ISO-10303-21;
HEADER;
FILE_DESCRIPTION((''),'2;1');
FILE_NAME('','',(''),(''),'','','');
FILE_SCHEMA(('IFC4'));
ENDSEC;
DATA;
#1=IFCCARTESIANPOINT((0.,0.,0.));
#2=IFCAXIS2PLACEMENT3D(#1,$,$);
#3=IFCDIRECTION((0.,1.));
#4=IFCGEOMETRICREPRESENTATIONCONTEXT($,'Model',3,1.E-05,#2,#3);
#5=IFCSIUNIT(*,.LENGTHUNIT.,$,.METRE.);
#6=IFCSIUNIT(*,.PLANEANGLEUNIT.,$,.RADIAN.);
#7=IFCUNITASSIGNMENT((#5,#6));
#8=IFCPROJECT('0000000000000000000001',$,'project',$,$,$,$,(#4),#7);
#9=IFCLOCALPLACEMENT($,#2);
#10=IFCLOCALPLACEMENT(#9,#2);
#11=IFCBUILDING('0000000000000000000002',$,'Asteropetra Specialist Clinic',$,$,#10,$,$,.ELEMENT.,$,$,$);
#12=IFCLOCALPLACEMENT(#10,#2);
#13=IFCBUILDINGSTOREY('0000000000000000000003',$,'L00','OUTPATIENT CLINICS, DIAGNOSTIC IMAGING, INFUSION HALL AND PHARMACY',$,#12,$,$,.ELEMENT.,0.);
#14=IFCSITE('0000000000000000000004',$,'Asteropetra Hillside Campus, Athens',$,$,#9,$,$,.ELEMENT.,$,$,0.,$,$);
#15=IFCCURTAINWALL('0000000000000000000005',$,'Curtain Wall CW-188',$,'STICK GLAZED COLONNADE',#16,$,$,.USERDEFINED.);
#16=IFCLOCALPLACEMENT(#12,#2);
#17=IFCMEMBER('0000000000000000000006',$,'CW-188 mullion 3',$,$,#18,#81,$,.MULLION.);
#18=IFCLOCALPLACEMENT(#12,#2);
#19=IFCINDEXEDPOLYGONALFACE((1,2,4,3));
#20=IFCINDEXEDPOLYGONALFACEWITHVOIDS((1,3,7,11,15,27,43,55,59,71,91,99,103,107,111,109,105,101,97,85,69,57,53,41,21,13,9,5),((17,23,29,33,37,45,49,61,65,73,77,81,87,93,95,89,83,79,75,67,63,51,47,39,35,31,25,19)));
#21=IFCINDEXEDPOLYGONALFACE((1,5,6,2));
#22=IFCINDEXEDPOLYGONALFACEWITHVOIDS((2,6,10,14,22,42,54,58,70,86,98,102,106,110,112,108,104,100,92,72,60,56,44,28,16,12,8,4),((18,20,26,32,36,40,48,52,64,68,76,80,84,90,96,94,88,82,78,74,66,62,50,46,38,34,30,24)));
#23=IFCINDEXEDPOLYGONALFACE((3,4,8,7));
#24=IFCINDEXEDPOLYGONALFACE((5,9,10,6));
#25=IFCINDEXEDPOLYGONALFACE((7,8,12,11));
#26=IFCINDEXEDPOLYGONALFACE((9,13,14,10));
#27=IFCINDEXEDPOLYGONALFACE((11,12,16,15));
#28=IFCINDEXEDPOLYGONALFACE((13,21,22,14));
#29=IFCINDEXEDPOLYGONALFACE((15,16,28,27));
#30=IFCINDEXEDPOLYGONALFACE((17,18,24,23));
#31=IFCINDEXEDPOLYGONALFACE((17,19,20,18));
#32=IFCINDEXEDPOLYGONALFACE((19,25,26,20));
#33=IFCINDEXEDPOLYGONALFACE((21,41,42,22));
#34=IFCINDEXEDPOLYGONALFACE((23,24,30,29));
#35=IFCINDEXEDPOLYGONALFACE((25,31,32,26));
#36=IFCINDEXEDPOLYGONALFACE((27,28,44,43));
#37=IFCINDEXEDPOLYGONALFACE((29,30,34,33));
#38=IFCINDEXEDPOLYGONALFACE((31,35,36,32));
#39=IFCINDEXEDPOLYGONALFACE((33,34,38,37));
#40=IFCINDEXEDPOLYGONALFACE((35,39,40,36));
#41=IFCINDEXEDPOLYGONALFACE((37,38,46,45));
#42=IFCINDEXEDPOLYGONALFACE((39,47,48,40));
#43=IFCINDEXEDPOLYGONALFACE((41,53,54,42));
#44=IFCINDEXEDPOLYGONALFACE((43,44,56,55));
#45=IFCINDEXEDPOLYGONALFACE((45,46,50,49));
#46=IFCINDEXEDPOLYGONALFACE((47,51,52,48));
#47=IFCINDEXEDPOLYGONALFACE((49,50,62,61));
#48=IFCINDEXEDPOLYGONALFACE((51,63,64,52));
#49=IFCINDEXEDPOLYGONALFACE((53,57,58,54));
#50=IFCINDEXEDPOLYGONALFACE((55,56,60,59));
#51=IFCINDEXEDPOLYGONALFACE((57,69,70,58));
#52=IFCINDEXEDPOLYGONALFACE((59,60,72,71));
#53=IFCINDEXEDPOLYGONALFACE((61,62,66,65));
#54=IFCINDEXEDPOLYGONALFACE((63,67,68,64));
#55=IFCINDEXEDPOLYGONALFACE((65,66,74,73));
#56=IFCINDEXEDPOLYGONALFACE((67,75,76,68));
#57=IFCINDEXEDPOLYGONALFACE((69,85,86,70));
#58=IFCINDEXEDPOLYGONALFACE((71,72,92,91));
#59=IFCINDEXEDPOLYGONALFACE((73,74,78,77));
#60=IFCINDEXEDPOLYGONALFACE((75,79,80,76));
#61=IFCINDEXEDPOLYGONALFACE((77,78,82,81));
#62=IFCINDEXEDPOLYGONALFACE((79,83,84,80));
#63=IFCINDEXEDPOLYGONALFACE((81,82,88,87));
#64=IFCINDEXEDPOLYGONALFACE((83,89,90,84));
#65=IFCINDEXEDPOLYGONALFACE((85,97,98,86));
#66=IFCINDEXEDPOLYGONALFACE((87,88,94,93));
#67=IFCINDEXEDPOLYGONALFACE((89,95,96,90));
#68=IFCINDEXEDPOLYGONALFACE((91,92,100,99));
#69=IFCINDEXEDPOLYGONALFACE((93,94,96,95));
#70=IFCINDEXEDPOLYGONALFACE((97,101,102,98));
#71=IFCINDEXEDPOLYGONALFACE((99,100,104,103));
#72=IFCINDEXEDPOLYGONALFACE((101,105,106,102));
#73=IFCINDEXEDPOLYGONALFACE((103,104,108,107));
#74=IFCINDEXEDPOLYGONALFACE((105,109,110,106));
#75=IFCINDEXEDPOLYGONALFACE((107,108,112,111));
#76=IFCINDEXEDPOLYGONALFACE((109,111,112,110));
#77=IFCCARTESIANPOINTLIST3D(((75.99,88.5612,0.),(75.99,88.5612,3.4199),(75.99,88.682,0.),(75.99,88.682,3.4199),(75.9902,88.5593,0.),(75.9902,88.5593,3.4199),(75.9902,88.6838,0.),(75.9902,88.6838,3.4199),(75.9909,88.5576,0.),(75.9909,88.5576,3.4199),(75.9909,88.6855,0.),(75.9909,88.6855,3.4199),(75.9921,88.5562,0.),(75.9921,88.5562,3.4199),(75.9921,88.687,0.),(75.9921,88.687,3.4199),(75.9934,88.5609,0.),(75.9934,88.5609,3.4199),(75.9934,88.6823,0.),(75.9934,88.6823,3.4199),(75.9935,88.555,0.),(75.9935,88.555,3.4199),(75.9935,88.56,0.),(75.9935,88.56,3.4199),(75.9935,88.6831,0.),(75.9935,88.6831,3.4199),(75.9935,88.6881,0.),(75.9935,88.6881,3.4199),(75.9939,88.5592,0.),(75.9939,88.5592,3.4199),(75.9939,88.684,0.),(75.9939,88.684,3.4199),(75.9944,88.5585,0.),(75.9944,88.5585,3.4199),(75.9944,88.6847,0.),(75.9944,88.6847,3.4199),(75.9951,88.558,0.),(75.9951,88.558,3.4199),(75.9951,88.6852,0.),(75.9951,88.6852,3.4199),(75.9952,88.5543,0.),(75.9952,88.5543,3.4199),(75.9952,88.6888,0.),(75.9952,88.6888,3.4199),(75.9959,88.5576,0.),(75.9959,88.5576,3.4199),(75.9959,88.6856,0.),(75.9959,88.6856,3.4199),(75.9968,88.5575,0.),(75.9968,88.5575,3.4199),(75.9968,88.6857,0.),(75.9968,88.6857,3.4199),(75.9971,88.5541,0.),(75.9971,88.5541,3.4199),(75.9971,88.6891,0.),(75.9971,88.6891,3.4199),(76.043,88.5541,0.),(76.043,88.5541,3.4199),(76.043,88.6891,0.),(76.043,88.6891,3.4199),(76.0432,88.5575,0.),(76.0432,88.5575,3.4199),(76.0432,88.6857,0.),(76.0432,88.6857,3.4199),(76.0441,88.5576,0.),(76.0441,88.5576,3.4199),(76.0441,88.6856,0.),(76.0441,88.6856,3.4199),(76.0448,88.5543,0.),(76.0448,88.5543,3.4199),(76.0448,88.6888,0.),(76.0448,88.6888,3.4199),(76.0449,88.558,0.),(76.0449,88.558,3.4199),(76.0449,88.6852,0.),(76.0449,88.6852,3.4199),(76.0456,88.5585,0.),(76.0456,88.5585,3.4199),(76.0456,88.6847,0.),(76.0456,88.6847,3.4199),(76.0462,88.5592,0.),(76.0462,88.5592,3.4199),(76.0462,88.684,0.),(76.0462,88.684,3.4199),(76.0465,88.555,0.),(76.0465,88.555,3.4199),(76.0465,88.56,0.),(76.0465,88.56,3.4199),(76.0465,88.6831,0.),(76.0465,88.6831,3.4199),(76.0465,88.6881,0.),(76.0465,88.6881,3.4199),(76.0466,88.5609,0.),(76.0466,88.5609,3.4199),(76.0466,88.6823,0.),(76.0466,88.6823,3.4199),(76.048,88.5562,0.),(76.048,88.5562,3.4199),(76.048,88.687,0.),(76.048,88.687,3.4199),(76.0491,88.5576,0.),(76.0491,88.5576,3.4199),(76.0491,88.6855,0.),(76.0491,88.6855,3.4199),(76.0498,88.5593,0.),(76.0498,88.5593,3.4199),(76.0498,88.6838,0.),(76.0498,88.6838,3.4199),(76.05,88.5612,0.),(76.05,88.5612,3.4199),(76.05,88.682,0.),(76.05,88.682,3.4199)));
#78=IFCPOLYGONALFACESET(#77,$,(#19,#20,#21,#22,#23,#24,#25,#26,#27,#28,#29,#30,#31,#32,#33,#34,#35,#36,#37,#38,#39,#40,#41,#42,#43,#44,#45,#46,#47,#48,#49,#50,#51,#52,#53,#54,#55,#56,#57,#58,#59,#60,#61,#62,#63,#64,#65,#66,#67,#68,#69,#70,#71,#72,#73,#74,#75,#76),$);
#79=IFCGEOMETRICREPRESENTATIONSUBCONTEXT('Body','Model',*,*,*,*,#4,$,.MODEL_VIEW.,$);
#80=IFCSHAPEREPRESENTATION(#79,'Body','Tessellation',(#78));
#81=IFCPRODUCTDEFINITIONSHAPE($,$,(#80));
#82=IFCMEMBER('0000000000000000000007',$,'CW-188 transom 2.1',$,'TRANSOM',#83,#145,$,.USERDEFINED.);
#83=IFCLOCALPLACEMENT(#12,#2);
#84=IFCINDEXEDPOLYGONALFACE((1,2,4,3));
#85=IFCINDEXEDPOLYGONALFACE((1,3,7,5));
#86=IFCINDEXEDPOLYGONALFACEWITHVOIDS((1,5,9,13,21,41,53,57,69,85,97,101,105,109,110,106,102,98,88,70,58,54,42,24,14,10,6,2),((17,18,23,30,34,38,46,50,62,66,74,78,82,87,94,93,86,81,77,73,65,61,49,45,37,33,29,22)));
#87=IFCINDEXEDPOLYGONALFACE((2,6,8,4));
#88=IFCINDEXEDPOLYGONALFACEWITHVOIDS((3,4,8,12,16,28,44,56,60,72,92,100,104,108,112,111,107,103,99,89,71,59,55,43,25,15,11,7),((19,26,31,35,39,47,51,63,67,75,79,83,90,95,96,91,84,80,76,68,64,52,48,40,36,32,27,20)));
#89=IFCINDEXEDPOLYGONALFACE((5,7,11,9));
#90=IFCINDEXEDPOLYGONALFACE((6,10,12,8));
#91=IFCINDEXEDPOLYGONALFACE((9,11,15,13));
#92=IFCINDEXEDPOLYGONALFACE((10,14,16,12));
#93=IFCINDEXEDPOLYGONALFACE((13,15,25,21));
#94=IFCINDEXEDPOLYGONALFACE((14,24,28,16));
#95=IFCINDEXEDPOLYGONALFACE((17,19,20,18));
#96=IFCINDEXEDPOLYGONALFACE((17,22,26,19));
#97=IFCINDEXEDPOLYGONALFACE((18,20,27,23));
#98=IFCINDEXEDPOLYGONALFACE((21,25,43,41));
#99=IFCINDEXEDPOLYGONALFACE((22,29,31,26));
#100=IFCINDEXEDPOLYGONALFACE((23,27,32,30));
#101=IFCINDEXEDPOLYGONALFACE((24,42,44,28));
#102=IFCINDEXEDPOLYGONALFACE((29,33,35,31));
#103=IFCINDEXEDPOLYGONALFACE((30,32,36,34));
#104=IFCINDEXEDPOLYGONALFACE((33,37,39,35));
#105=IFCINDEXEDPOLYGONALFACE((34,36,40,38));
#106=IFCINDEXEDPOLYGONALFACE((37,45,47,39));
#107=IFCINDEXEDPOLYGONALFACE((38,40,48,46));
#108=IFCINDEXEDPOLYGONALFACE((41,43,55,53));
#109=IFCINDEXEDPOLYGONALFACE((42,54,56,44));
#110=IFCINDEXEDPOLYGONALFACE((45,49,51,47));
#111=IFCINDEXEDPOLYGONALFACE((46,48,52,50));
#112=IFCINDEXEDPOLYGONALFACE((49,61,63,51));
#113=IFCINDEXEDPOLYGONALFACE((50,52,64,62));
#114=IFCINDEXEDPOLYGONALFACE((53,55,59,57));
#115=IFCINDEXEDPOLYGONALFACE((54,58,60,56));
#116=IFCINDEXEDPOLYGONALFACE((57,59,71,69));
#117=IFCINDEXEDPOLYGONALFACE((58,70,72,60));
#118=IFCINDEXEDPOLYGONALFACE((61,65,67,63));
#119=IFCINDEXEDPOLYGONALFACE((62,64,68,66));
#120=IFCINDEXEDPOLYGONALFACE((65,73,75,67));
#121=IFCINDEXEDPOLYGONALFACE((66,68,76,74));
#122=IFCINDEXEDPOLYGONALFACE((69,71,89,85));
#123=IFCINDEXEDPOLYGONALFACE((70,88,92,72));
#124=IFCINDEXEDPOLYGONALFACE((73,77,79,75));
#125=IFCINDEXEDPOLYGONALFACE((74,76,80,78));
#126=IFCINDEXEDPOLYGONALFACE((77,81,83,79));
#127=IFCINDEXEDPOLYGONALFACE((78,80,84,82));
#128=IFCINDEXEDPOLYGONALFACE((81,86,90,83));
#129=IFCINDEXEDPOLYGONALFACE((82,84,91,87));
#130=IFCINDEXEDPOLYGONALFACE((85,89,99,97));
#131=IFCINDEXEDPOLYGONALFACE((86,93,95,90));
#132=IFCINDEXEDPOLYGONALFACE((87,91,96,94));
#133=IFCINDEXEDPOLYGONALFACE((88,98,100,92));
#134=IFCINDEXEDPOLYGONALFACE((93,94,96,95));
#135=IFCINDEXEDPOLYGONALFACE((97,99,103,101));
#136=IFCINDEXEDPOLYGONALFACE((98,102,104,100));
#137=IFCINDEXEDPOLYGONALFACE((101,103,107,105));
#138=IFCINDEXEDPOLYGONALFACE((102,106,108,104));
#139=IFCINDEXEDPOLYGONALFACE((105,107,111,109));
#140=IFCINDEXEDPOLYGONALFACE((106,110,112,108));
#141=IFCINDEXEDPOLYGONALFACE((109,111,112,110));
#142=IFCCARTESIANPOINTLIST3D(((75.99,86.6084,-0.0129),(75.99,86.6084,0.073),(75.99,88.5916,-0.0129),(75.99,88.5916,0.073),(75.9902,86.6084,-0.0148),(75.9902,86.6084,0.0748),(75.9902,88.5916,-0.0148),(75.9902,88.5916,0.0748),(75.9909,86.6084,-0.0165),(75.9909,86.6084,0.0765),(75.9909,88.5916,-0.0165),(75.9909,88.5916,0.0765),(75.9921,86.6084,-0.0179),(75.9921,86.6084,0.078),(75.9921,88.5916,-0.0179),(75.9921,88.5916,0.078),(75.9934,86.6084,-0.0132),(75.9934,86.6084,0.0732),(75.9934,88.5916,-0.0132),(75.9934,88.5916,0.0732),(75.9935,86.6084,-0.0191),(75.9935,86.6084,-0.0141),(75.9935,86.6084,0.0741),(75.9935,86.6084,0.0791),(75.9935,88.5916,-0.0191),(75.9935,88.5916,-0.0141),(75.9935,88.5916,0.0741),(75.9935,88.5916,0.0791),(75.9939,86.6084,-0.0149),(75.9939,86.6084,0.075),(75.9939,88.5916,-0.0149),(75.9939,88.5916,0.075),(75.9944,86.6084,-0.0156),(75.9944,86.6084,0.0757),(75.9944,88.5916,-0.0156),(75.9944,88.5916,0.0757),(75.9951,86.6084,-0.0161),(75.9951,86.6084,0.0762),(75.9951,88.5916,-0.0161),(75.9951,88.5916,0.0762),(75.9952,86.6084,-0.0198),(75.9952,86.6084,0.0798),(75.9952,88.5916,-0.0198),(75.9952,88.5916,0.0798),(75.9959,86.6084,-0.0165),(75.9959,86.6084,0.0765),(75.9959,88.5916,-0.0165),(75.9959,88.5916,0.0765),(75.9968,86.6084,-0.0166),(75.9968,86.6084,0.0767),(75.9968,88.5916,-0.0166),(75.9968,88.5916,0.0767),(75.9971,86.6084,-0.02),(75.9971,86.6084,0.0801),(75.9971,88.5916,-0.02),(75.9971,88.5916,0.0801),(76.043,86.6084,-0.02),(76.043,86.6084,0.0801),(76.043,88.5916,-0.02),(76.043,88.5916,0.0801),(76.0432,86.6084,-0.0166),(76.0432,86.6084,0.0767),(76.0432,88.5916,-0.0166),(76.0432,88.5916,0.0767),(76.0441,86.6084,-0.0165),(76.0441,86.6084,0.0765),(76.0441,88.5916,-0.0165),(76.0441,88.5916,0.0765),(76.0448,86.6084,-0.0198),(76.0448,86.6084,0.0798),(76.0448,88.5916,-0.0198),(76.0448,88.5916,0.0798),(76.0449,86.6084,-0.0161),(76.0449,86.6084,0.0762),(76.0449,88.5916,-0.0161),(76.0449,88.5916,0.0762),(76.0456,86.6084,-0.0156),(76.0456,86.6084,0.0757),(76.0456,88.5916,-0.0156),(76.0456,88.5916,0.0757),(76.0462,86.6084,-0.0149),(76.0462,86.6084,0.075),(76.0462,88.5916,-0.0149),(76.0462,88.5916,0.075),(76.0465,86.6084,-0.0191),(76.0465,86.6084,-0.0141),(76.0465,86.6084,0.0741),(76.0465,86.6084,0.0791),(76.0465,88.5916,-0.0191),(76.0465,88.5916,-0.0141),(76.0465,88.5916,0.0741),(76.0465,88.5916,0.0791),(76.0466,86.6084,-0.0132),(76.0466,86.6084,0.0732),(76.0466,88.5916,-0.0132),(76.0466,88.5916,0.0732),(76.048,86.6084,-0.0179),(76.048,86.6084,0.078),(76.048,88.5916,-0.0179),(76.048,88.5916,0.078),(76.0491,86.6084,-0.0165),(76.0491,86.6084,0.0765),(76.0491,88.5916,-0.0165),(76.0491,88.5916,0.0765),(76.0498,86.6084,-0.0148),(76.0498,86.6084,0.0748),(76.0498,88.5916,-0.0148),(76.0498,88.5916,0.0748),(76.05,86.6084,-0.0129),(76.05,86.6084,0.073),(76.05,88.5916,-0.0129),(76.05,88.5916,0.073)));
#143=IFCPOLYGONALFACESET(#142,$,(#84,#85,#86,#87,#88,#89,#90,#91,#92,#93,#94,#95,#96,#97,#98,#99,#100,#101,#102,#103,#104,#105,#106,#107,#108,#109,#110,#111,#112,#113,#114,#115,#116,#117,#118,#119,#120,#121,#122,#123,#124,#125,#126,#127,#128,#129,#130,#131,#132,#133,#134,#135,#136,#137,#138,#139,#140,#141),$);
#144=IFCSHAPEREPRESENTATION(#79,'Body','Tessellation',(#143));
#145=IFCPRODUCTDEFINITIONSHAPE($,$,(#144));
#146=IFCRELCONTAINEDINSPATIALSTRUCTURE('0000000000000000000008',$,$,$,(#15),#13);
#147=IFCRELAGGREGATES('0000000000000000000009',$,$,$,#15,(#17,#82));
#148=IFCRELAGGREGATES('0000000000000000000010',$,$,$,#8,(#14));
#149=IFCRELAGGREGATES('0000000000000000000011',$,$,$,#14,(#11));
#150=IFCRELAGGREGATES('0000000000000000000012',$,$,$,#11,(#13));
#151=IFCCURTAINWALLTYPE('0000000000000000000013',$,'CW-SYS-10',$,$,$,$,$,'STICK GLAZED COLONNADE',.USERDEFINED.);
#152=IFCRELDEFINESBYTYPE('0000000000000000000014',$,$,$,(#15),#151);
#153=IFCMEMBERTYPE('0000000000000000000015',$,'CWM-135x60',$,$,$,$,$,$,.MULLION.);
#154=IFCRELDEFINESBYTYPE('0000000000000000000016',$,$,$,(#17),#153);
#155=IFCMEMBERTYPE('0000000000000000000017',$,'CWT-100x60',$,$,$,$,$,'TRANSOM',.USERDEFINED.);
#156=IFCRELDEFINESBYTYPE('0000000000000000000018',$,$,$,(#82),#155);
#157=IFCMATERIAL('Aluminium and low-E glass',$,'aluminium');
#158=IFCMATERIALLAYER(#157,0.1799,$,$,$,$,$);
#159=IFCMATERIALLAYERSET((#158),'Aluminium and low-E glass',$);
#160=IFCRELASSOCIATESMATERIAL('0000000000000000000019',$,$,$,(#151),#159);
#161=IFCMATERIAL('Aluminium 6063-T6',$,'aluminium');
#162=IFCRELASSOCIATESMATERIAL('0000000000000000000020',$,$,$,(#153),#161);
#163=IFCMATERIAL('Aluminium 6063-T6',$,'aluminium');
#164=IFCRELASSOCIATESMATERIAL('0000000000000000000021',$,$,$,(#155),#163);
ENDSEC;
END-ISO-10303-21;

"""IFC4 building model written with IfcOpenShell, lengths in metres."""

from ifc_helpers import new_model, si_unit, direction, frame, origin, origin_2d, place, context, subcontext, project, spatial, hollow_rectangle, extrude, material, layer, layer_set, material_profile, profile_set, type_object, element, aggregate, save


model = new_model("IFC4")

# Units and contexts
model_context = context("Model", 3, precision=1e-05, world=origin(), true_north=direction((0.0, 1.0)))
body_context = subcontext(model_context, "Body", "Model", "MODEL_VIEW")
ifc_project = project(units=[si_unit("LENGTHUNIT", "METRE"), si_unit("PLANEANGLEUNIT", "RADIAN")], contexts=[model_context])

# Site, building, storey
site_placement = place(None, origin())
site = spatial("IfcSite", under=ifc_project, at=site_placement, Name="Asteropetra Hillside Campus, Athens", CompositionType="ELEMENT", RefElevation=0.0)
building_placement = place(site_placement, origin())
building = spatial("IfcBuilding", under=site, at=building_placement, Name="Asteropetra Specialist Clinic", CompositionType="ELEMENT")
storey_placement = place(building_placement, origin())
storey = spatial("IfcBuildingStorey", under=building, at=storey_placement, Name="L00", Description="OUTPATIENT CLINICS, DIAGNOSTIC IMAGING, INFUSION HALL AND PHARMACY", CompositionType="ELEMENT", Elevation=0.0)

# Curtain wall, members
ifc_material_1 = material(Name="Aluminium and low-E glass", Category="aluminium")
ifc_layer_1 = layer(ifc_material_1, 0.1799)
ifc_layer_set_1 = layer_set([ifc_layer_1], Name="Aluminium and low-E glass")
curtain_wall_type = type_object("IfcCurtainWallType", Name="CW-SYS-10", ElementType="STICK GLAZED COLONNADE", PredefinedType="USERDEFINED", material=ifc_layer_set_1)
curtain_wall_placement = place(storey_placement, origin())
curtain_wall = element("IfcCurtainWall", 1, at=curtain_wall_placement, inside=storey, type_object=curtain_wall_type, Name="Curtain Wall CW-188", ObjectType="STICK GLAZED COLONNADE", PredefinedType="USERDEFINED")
ifc_material_2 = material(Name="Aluminium 6063-T6", Category="aluminium")
ifc_material_profile_1 = material_profile(ifc_material_2, hollow_rectangle(XDim=0.0601, YDim=0.135, WallThickness=0.0034, InnerFilletRadius=0.0034, OuterFilletRadius=0.0071, at=origin_2d()), Name="MUL 135x60x3.5")
ifc_profile_set_1 = profile_set([ifc_material_profile_1], Name="Aluminium 6063-T6")
member_type_1 = type_object("IfcMemberType", Name="CWM-135x60", PredefinedType="MULLION", material=ifc_profile_set_1)
member_1_placement = place(storey_placement, frame((76.02, 88.6216, 0.0), z_axis=(0.0, 0.0, 1.0), x_axis=(-1.0, 0.0, 0.0)))
member_1 = element("IfcMember", 2, at=member_1_placement, type_object=member_type_1, Name="CW-188 mullion 3", PredefinedType="MULLION", context=body_context, shape_type="SweptSolid", body=[
    extrude(hollow_rectangle(XDim=0.0601, YDim=0.135, WallThickness=0.0034, InnerFilletRadius=0.0034, OuterFilletRadius=0.0071, at=origin_2d()), origin(), (0.0, 0.0, 1.0), 3.4199),
])
ifc_material_3 = material(Name="Aluminium 6063-T6", Category="aluminium")
ifc_material_profile_2 = material_profile(ifc_material_3, hollow_rectangle(XDim=0.0601, YDim=0.1001, WallThickness=0.0034, InnerFilletRadius=0.0034, OuterFilletRadius=0.0071, at=origin_2d()), Name="TRN 100x60x3.5")
ifc_profile_set_2 = profile_set([ifc_material_profile_2], Name="Aluminium 6063-T6")
member_type_2 = type_object("IfcMemberType", Name="CWT-100x60", ElementType="TRANSOM", PredefinedType="USERDEFINED", material=ifc_profile_set_2)
member_2_placement = place(storey_placement, frame((76.02, 86.6084, 0.03), z_axis=(0.0, 1.0, 0.0), x_axis=(-1.0, 0.0, 0.0)))
member_2 = element("IfcMember", 3, at=member_2_placement, type_object=member_type_2, Name="CW-188 transom 2.1", ObjectType="TRANSOM", PredefinedType="USERDEFINED", context=body_context, shape_type="SweptSolid", body=[
    extrude(hollow_rectangle(XDim=0.0601, YDim=0.1001, WallThickness=0.0034, InnerFilletRadius=0.0034, OuterFilletRadius=0.0071, at=origin_2d()), origin(), (0.0, 0.0, 1.0), 1.9832),
])
aggregate(curtain_wall, [member_1, member_2])

save(model, "model.ifc")
